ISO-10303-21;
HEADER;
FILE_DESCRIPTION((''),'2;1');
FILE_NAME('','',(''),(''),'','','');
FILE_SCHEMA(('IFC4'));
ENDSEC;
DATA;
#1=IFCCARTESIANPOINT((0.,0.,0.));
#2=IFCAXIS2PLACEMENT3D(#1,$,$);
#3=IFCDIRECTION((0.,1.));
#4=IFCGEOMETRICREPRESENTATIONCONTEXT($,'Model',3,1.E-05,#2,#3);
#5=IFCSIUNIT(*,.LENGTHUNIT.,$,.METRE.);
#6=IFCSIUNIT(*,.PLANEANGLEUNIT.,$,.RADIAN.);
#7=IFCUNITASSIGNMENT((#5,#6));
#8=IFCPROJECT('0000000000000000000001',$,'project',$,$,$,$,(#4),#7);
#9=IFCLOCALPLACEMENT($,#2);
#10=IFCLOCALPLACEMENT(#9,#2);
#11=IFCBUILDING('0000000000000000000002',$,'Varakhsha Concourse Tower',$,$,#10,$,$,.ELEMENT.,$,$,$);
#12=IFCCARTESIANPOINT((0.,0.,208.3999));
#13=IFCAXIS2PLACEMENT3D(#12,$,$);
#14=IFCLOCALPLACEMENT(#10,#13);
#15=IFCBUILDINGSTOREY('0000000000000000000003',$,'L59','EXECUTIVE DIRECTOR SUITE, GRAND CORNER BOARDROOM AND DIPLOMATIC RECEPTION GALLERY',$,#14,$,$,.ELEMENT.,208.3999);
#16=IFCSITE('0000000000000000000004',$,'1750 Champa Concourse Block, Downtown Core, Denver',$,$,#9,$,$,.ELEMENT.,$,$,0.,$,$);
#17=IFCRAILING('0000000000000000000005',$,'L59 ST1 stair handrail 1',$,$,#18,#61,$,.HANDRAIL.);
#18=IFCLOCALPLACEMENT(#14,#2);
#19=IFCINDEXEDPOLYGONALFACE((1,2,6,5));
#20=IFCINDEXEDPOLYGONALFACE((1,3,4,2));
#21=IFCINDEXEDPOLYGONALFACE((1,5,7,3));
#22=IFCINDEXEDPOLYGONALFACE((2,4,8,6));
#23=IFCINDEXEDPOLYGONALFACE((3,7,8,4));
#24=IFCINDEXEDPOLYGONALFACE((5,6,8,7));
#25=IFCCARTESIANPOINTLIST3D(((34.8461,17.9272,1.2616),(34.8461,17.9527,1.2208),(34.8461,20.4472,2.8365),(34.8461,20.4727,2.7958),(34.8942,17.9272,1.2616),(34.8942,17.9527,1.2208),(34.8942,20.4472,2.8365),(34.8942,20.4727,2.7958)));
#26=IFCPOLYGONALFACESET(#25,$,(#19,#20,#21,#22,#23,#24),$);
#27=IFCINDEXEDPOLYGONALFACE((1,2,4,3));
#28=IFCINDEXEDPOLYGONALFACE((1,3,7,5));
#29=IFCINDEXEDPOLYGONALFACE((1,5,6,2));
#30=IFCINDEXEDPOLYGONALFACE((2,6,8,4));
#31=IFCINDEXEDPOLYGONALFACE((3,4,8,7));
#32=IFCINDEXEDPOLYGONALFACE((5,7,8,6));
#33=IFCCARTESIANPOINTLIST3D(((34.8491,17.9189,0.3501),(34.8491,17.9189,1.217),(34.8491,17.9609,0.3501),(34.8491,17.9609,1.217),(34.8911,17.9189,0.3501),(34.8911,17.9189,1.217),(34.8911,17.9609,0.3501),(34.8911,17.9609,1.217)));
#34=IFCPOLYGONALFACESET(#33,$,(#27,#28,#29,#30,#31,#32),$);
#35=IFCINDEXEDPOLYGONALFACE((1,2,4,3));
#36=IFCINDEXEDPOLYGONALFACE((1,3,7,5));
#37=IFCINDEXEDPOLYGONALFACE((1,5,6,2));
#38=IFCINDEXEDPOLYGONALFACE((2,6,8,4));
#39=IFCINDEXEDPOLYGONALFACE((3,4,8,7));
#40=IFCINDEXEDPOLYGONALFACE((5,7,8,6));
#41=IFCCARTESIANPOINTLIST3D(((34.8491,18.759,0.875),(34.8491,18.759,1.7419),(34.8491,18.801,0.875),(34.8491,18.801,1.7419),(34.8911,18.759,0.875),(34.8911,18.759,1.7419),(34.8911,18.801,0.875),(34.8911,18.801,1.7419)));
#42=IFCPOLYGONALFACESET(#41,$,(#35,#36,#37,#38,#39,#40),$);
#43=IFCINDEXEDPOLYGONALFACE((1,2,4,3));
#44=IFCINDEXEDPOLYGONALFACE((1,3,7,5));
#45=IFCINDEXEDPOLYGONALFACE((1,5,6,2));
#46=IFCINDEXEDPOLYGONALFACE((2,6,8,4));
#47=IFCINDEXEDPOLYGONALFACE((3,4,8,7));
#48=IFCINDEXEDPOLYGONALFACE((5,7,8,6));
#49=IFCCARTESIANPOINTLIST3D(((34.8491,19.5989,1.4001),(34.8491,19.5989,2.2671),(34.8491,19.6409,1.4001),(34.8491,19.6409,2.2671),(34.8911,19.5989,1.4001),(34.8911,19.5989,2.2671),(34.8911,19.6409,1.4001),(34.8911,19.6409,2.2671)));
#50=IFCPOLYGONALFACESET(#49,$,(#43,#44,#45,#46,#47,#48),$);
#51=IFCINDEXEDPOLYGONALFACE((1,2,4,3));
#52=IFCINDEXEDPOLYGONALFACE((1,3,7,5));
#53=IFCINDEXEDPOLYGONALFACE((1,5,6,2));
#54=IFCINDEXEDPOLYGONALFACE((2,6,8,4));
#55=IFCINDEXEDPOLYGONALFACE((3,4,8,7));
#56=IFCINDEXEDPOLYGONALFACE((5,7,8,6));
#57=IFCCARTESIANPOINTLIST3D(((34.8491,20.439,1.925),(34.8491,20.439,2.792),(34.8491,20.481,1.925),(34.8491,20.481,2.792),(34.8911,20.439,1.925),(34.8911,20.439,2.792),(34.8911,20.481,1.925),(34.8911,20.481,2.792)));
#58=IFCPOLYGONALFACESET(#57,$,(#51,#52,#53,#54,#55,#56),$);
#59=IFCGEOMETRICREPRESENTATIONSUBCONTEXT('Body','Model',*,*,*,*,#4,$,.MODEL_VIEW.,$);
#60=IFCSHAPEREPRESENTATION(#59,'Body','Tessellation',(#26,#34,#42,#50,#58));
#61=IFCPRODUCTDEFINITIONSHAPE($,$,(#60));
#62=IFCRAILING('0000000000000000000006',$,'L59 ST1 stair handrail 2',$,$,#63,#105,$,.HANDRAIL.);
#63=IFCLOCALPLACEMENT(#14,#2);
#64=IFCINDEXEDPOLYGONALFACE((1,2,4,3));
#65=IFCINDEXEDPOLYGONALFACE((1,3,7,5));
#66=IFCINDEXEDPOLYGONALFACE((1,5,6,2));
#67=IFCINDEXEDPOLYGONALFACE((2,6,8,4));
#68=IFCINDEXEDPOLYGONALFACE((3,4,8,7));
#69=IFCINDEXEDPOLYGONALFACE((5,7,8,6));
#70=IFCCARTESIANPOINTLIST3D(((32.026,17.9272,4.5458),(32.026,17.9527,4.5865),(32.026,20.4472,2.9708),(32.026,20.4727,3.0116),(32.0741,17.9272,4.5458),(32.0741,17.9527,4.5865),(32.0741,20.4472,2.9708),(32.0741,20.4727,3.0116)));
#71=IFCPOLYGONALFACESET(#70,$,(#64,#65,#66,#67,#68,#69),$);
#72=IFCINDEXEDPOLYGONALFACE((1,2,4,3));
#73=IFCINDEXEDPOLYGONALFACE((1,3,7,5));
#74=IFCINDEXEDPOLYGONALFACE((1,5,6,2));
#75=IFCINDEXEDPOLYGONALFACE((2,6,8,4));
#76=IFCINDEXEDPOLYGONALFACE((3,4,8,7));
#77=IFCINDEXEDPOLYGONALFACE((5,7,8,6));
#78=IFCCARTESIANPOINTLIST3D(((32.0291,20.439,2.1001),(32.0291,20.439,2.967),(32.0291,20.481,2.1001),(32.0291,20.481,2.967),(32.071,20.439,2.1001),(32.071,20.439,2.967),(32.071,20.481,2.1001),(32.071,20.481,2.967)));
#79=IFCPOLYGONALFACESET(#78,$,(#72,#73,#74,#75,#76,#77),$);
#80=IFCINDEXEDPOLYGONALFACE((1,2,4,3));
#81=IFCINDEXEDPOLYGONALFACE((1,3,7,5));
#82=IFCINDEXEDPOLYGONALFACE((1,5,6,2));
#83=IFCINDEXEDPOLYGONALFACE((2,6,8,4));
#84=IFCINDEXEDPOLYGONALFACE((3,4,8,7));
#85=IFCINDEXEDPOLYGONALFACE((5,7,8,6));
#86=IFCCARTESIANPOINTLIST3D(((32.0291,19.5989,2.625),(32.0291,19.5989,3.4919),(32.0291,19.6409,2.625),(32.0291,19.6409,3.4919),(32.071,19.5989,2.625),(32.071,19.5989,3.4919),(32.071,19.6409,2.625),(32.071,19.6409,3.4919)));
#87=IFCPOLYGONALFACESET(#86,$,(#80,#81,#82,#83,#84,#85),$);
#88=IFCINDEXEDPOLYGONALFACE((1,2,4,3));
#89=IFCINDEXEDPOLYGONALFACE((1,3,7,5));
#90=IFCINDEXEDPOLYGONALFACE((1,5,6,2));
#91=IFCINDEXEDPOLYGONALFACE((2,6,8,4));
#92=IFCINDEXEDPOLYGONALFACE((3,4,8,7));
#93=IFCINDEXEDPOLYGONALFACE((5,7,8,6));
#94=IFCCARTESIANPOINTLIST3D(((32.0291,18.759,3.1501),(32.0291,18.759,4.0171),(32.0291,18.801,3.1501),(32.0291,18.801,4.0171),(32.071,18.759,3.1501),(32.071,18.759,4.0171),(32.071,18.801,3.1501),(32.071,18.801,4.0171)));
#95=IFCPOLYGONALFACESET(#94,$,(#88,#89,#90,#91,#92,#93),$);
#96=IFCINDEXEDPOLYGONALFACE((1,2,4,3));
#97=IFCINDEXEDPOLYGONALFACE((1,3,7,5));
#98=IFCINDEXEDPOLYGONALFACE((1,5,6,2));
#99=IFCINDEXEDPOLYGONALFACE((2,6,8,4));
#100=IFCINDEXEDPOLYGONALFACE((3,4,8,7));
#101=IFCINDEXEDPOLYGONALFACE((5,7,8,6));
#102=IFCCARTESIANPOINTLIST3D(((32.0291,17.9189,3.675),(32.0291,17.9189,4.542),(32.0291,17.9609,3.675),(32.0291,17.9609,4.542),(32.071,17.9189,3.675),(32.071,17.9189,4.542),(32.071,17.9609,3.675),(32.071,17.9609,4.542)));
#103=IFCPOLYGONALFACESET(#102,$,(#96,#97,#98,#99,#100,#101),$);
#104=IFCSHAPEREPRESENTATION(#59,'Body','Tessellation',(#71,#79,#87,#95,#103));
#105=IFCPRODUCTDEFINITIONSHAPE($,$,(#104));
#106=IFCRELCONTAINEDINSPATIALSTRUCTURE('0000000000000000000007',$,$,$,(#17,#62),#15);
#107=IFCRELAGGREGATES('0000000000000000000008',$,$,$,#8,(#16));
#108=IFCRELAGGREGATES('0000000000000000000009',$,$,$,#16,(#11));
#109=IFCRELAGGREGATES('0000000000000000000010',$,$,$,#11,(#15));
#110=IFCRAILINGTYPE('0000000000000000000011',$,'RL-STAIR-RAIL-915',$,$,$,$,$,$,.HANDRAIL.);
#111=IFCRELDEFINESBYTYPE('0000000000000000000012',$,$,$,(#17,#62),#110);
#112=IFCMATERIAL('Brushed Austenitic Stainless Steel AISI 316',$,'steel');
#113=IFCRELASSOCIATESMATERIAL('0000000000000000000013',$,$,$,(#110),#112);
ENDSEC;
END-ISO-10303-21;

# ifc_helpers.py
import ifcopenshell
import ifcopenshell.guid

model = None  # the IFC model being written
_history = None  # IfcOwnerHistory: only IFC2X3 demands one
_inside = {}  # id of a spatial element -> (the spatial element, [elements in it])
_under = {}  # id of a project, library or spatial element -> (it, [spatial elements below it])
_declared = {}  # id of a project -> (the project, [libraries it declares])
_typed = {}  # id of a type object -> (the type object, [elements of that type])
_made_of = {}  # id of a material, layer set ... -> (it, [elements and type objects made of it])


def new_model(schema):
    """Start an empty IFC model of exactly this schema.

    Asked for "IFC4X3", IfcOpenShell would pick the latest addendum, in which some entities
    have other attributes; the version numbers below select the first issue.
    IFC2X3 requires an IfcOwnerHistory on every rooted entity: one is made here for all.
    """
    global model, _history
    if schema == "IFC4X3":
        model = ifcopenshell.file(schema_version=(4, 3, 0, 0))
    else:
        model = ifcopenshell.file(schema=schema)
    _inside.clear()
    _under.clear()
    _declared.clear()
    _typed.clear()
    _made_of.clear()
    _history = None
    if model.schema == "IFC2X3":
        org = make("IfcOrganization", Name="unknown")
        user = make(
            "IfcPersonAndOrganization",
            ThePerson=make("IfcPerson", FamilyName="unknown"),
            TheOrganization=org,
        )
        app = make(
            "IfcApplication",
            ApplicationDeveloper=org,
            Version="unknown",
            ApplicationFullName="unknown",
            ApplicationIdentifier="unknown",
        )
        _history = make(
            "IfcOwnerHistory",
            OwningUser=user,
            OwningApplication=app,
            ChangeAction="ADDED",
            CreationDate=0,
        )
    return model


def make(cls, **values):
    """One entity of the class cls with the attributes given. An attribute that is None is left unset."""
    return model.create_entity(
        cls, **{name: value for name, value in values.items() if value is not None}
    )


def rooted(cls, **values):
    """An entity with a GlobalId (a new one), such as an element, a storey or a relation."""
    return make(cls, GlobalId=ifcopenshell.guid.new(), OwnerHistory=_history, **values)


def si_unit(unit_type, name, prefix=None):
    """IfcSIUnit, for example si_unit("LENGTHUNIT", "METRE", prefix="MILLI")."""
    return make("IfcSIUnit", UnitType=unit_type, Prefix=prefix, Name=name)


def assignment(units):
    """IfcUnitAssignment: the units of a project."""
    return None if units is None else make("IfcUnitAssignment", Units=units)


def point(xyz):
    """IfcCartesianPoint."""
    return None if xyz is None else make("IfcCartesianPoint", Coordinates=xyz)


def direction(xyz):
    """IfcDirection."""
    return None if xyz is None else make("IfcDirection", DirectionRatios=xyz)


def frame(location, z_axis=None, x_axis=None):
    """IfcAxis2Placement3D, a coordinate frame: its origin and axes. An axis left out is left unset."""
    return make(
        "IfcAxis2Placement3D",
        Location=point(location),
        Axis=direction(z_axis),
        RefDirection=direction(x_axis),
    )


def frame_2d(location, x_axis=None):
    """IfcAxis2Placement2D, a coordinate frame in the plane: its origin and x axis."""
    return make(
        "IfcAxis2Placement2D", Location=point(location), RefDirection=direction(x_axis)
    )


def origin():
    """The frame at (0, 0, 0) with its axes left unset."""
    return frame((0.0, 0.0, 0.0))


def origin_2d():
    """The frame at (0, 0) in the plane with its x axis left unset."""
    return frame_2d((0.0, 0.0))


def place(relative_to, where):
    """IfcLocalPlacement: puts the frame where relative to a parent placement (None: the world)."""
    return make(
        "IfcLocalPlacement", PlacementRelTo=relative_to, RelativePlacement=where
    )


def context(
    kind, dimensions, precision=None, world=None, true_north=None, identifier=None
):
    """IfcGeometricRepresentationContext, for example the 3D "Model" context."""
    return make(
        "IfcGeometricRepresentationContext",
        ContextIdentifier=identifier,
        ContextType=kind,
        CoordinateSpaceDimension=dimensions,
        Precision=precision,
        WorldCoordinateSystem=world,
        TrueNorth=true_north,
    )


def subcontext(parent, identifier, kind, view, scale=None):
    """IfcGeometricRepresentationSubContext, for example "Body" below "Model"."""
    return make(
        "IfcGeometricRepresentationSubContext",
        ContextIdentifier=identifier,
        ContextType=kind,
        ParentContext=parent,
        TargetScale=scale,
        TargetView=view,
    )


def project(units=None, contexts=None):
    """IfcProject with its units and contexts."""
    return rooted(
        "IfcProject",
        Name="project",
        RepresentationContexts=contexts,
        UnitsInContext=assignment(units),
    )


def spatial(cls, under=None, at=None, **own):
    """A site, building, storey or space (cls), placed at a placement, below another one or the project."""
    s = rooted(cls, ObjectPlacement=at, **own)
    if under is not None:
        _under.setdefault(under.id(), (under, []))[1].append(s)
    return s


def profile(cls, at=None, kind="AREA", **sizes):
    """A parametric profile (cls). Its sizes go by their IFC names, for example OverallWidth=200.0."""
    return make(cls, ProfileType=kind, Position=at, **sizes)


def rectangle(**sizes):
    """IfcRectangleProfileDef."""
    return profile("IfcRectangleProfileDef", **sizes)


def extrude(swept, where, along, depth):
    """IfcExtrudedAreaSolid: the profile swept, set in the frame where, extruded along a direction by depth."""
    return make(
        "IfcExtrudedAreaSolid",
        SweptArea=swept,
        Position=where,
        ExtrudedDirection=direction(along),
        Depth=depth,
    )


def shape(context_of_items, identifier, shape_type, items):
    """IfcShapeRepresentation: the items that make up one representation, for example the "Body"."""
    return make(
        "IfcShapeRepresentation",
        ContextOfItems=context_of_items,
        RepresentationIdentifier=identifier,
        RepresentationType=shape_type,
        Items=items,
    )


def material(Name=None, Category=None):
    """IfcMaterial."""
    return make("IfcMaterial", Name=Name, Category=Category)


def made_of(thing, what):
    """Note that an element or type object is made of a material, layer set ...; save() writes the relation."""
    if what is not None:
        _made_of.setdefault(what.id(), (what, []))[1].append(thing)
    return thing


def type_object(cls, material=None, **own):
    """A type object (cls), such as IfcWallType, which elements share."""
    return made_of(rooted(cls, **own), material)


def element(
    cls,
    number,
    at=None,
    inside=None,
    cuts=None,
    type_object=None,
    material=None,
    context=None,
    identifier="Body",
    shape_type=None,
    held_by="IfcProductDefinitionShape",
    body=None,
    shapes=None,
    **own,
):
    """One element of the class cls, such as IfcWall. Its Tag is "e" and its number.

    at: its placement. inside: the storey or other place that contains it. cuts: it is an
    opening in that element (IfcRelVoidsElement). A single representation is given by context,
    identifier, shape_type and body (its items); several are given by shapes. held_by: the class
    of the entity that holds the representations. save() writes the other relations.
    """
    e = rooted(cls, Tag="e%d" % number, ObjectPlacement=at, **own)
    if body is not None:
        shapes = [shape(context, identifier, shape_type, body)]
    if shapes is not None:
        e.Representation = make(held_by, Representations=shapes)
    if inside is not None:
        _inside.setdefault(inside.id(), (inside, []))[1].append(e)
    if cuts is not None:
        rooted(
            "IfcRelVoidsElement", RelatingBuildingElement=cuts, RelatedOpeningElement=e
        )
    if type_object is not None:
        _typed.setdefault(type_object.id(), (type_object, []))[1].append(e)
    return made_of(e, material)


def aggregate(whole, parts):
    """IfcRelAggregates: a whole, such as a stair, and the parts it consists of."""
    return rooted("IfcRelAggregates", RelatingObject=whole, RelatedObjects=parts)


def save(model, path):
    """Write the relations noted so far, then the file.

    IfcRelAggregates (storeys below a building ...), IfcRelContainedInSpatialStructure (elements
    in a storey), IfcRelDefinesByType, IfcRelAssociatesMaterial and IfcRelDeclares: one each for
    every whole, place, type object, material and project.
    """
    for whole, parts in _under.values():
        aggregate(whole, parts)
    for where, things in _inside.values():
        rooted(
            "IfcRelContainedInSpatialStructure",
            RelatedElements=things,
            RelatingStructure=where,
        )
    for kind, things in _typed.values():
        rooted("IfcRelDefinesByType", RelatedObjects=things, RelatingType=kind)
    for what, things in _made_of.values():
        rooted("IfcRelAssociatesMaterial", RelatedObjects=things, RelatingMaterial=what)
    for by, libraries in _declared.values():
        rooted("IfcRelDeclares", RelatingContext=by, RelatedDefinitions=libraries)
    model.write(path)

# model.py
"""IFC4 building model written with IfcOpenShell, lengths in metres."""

from ifc_helpers import new_model, si_unit, direction, frame, origin, origin_2d, place, context, subcontext, project, spatial, rectangle, extrude, material, type_object, element, save


model = new_model("IFC4")

# Units and contexts
model_context = context("Model", 3, precision=1e-05, world=origin(), true_north=direction((0.0, 1.0)))
body_context = subcontext(model_context, "Body", "Model", "MODEL_VIEW")
ifc_project = project(units=[si_unit("LENGTHUNIT", "METRE"), si_unit("PLANEANGLEUNIT", "RADIAN")], contexts=[model_context])

# Site, building, storey
site_placement = place(None, origin())
site = spatial("IfcSite", under=ifc_project, at=site_placement, Name="1750 Champa Concourse Block, Downtown Core, Denver", CompositionType="ELEMENT", RefElevation=0.0)
building_placement = place(site_placement, origin())
building = spatial("IfcBuilding", under=site, at=building_placement, Name="Varakhsha Concourse Tower", CompositionType="ELEMENT")
storey_placement = place(building_placement, frame((0.0, 0.0, 208.3999)))
storey = spatial("IfcBuildingStorey", under=building, at=storey_placement, Name="L59", Description="EXECUTIVE DIRECTOR SUITE, GRAND CORNER BOARDROOM AND DIPLOMATIC RECEPTION GALLERY", CompositionType="ELEMENT", Elevation=208.3999)

# Railings
ifc_material_1 = material(Name="Brushed Austenitic Stainless Steel AISI 316", Category="steel")
railing_type_1 = type_object("IfcRailingType", Name="RL-STAIR-RAIL-915", PredefinedType="HANDRAIL", material=ifc_material_1)
railing_1_placement = place(storey_placement, frame((34.8701, 17.9399, 0.3501)))
element("IfcRailing", 1, at=railing_1_placement, inside=storey, type_object=railing_type_1, Name="L59 ST1 stair handrail 1", PredefinedType="HANDRAIL", context=body_context, shape_type="SweptSolid", body=[
    extrude(rectangle(XDim=0.0481, YDim=0.0481, at=origin_2d()), frame((0.0, 0.0, 0.8911), z_axis=(0.0, 0.848008, 0.529984), x_axis=(-1.0, 0.0, 0.0)), (0.0, 0.0, 1.0), 2.9717),
    extrude(rectangle(XDim=0.042, YDim=0.042, at=origin_2d()), origin(), (0.0, 0.0, 1.0), 0.8669),
    extrude(rectangle(XDim=0.042, YDim=0.042, at=origin_2d()), frame((0.0, 0.8401, 0.5249)), (0.0, 0.0, 1.0), 0.8669),
    extrude(rectangle(XDim=0.042, YDim=0.042, at=origin_2d()), frame((0.0, 1.6799, 1.05)), (0.0, 0.0, 1.0), 0.8669),
    extrude(rectangle(XDim=0.042, YDim=0.042, at=origin_2d()), frame((0.0, 2.52, 1.575)), (0.0, 0.0, 1.0), 0.8669),
])
railing_2_placement = place(storey_placement, frame((32.05, 20.46, 2.1001)))
element("IfcRailing", 2, at=railing_2_placement, inside=storey, type_object=railing_type_1, Name="L59 ST1 stair handrail 2", PredefinedType="HANDRAIL", context=body_context, shape_type="SweptSolid", body=[
    extrude(rectangle(XDim=0.0481, YDim=0.0481, at=origin_2d()), frame((0.0, 0.0, 0.8911), z_axis=(0.0, -0.848008, 0.529984), x_axis=(1.0, 0.0, 0.0)), (0.0, 0.0, 1.0), 2.9717),
    extrude(rectangle(XDim=0.042, YDim=0.042, at=origin_2d()), origin(), (0.0, 0.0, 1.0), 0.8669),
    extrude(rectangle(XDim=0.042, YDim=0.042, at=origin_2d()), frame((0.0, -0.8401, 0.5249)), (0.0, 0.0, 1.0), 0.8669),
    extrude(rectangle(XDim=0.042, YDim=0.042, at=origin_2d()), frame((0.0, -1.6799, 1.05)), (0.0, 0.0, 1.0), 0.8669),
    extrude(rectangle(XDim=0.042, YDim=0.042, at=origin_2d()), frame((0.0, -2.52, 1.575)), (0.0, 0.0, 1.0), 0.8669),
])

save(model, "model.ifc")
